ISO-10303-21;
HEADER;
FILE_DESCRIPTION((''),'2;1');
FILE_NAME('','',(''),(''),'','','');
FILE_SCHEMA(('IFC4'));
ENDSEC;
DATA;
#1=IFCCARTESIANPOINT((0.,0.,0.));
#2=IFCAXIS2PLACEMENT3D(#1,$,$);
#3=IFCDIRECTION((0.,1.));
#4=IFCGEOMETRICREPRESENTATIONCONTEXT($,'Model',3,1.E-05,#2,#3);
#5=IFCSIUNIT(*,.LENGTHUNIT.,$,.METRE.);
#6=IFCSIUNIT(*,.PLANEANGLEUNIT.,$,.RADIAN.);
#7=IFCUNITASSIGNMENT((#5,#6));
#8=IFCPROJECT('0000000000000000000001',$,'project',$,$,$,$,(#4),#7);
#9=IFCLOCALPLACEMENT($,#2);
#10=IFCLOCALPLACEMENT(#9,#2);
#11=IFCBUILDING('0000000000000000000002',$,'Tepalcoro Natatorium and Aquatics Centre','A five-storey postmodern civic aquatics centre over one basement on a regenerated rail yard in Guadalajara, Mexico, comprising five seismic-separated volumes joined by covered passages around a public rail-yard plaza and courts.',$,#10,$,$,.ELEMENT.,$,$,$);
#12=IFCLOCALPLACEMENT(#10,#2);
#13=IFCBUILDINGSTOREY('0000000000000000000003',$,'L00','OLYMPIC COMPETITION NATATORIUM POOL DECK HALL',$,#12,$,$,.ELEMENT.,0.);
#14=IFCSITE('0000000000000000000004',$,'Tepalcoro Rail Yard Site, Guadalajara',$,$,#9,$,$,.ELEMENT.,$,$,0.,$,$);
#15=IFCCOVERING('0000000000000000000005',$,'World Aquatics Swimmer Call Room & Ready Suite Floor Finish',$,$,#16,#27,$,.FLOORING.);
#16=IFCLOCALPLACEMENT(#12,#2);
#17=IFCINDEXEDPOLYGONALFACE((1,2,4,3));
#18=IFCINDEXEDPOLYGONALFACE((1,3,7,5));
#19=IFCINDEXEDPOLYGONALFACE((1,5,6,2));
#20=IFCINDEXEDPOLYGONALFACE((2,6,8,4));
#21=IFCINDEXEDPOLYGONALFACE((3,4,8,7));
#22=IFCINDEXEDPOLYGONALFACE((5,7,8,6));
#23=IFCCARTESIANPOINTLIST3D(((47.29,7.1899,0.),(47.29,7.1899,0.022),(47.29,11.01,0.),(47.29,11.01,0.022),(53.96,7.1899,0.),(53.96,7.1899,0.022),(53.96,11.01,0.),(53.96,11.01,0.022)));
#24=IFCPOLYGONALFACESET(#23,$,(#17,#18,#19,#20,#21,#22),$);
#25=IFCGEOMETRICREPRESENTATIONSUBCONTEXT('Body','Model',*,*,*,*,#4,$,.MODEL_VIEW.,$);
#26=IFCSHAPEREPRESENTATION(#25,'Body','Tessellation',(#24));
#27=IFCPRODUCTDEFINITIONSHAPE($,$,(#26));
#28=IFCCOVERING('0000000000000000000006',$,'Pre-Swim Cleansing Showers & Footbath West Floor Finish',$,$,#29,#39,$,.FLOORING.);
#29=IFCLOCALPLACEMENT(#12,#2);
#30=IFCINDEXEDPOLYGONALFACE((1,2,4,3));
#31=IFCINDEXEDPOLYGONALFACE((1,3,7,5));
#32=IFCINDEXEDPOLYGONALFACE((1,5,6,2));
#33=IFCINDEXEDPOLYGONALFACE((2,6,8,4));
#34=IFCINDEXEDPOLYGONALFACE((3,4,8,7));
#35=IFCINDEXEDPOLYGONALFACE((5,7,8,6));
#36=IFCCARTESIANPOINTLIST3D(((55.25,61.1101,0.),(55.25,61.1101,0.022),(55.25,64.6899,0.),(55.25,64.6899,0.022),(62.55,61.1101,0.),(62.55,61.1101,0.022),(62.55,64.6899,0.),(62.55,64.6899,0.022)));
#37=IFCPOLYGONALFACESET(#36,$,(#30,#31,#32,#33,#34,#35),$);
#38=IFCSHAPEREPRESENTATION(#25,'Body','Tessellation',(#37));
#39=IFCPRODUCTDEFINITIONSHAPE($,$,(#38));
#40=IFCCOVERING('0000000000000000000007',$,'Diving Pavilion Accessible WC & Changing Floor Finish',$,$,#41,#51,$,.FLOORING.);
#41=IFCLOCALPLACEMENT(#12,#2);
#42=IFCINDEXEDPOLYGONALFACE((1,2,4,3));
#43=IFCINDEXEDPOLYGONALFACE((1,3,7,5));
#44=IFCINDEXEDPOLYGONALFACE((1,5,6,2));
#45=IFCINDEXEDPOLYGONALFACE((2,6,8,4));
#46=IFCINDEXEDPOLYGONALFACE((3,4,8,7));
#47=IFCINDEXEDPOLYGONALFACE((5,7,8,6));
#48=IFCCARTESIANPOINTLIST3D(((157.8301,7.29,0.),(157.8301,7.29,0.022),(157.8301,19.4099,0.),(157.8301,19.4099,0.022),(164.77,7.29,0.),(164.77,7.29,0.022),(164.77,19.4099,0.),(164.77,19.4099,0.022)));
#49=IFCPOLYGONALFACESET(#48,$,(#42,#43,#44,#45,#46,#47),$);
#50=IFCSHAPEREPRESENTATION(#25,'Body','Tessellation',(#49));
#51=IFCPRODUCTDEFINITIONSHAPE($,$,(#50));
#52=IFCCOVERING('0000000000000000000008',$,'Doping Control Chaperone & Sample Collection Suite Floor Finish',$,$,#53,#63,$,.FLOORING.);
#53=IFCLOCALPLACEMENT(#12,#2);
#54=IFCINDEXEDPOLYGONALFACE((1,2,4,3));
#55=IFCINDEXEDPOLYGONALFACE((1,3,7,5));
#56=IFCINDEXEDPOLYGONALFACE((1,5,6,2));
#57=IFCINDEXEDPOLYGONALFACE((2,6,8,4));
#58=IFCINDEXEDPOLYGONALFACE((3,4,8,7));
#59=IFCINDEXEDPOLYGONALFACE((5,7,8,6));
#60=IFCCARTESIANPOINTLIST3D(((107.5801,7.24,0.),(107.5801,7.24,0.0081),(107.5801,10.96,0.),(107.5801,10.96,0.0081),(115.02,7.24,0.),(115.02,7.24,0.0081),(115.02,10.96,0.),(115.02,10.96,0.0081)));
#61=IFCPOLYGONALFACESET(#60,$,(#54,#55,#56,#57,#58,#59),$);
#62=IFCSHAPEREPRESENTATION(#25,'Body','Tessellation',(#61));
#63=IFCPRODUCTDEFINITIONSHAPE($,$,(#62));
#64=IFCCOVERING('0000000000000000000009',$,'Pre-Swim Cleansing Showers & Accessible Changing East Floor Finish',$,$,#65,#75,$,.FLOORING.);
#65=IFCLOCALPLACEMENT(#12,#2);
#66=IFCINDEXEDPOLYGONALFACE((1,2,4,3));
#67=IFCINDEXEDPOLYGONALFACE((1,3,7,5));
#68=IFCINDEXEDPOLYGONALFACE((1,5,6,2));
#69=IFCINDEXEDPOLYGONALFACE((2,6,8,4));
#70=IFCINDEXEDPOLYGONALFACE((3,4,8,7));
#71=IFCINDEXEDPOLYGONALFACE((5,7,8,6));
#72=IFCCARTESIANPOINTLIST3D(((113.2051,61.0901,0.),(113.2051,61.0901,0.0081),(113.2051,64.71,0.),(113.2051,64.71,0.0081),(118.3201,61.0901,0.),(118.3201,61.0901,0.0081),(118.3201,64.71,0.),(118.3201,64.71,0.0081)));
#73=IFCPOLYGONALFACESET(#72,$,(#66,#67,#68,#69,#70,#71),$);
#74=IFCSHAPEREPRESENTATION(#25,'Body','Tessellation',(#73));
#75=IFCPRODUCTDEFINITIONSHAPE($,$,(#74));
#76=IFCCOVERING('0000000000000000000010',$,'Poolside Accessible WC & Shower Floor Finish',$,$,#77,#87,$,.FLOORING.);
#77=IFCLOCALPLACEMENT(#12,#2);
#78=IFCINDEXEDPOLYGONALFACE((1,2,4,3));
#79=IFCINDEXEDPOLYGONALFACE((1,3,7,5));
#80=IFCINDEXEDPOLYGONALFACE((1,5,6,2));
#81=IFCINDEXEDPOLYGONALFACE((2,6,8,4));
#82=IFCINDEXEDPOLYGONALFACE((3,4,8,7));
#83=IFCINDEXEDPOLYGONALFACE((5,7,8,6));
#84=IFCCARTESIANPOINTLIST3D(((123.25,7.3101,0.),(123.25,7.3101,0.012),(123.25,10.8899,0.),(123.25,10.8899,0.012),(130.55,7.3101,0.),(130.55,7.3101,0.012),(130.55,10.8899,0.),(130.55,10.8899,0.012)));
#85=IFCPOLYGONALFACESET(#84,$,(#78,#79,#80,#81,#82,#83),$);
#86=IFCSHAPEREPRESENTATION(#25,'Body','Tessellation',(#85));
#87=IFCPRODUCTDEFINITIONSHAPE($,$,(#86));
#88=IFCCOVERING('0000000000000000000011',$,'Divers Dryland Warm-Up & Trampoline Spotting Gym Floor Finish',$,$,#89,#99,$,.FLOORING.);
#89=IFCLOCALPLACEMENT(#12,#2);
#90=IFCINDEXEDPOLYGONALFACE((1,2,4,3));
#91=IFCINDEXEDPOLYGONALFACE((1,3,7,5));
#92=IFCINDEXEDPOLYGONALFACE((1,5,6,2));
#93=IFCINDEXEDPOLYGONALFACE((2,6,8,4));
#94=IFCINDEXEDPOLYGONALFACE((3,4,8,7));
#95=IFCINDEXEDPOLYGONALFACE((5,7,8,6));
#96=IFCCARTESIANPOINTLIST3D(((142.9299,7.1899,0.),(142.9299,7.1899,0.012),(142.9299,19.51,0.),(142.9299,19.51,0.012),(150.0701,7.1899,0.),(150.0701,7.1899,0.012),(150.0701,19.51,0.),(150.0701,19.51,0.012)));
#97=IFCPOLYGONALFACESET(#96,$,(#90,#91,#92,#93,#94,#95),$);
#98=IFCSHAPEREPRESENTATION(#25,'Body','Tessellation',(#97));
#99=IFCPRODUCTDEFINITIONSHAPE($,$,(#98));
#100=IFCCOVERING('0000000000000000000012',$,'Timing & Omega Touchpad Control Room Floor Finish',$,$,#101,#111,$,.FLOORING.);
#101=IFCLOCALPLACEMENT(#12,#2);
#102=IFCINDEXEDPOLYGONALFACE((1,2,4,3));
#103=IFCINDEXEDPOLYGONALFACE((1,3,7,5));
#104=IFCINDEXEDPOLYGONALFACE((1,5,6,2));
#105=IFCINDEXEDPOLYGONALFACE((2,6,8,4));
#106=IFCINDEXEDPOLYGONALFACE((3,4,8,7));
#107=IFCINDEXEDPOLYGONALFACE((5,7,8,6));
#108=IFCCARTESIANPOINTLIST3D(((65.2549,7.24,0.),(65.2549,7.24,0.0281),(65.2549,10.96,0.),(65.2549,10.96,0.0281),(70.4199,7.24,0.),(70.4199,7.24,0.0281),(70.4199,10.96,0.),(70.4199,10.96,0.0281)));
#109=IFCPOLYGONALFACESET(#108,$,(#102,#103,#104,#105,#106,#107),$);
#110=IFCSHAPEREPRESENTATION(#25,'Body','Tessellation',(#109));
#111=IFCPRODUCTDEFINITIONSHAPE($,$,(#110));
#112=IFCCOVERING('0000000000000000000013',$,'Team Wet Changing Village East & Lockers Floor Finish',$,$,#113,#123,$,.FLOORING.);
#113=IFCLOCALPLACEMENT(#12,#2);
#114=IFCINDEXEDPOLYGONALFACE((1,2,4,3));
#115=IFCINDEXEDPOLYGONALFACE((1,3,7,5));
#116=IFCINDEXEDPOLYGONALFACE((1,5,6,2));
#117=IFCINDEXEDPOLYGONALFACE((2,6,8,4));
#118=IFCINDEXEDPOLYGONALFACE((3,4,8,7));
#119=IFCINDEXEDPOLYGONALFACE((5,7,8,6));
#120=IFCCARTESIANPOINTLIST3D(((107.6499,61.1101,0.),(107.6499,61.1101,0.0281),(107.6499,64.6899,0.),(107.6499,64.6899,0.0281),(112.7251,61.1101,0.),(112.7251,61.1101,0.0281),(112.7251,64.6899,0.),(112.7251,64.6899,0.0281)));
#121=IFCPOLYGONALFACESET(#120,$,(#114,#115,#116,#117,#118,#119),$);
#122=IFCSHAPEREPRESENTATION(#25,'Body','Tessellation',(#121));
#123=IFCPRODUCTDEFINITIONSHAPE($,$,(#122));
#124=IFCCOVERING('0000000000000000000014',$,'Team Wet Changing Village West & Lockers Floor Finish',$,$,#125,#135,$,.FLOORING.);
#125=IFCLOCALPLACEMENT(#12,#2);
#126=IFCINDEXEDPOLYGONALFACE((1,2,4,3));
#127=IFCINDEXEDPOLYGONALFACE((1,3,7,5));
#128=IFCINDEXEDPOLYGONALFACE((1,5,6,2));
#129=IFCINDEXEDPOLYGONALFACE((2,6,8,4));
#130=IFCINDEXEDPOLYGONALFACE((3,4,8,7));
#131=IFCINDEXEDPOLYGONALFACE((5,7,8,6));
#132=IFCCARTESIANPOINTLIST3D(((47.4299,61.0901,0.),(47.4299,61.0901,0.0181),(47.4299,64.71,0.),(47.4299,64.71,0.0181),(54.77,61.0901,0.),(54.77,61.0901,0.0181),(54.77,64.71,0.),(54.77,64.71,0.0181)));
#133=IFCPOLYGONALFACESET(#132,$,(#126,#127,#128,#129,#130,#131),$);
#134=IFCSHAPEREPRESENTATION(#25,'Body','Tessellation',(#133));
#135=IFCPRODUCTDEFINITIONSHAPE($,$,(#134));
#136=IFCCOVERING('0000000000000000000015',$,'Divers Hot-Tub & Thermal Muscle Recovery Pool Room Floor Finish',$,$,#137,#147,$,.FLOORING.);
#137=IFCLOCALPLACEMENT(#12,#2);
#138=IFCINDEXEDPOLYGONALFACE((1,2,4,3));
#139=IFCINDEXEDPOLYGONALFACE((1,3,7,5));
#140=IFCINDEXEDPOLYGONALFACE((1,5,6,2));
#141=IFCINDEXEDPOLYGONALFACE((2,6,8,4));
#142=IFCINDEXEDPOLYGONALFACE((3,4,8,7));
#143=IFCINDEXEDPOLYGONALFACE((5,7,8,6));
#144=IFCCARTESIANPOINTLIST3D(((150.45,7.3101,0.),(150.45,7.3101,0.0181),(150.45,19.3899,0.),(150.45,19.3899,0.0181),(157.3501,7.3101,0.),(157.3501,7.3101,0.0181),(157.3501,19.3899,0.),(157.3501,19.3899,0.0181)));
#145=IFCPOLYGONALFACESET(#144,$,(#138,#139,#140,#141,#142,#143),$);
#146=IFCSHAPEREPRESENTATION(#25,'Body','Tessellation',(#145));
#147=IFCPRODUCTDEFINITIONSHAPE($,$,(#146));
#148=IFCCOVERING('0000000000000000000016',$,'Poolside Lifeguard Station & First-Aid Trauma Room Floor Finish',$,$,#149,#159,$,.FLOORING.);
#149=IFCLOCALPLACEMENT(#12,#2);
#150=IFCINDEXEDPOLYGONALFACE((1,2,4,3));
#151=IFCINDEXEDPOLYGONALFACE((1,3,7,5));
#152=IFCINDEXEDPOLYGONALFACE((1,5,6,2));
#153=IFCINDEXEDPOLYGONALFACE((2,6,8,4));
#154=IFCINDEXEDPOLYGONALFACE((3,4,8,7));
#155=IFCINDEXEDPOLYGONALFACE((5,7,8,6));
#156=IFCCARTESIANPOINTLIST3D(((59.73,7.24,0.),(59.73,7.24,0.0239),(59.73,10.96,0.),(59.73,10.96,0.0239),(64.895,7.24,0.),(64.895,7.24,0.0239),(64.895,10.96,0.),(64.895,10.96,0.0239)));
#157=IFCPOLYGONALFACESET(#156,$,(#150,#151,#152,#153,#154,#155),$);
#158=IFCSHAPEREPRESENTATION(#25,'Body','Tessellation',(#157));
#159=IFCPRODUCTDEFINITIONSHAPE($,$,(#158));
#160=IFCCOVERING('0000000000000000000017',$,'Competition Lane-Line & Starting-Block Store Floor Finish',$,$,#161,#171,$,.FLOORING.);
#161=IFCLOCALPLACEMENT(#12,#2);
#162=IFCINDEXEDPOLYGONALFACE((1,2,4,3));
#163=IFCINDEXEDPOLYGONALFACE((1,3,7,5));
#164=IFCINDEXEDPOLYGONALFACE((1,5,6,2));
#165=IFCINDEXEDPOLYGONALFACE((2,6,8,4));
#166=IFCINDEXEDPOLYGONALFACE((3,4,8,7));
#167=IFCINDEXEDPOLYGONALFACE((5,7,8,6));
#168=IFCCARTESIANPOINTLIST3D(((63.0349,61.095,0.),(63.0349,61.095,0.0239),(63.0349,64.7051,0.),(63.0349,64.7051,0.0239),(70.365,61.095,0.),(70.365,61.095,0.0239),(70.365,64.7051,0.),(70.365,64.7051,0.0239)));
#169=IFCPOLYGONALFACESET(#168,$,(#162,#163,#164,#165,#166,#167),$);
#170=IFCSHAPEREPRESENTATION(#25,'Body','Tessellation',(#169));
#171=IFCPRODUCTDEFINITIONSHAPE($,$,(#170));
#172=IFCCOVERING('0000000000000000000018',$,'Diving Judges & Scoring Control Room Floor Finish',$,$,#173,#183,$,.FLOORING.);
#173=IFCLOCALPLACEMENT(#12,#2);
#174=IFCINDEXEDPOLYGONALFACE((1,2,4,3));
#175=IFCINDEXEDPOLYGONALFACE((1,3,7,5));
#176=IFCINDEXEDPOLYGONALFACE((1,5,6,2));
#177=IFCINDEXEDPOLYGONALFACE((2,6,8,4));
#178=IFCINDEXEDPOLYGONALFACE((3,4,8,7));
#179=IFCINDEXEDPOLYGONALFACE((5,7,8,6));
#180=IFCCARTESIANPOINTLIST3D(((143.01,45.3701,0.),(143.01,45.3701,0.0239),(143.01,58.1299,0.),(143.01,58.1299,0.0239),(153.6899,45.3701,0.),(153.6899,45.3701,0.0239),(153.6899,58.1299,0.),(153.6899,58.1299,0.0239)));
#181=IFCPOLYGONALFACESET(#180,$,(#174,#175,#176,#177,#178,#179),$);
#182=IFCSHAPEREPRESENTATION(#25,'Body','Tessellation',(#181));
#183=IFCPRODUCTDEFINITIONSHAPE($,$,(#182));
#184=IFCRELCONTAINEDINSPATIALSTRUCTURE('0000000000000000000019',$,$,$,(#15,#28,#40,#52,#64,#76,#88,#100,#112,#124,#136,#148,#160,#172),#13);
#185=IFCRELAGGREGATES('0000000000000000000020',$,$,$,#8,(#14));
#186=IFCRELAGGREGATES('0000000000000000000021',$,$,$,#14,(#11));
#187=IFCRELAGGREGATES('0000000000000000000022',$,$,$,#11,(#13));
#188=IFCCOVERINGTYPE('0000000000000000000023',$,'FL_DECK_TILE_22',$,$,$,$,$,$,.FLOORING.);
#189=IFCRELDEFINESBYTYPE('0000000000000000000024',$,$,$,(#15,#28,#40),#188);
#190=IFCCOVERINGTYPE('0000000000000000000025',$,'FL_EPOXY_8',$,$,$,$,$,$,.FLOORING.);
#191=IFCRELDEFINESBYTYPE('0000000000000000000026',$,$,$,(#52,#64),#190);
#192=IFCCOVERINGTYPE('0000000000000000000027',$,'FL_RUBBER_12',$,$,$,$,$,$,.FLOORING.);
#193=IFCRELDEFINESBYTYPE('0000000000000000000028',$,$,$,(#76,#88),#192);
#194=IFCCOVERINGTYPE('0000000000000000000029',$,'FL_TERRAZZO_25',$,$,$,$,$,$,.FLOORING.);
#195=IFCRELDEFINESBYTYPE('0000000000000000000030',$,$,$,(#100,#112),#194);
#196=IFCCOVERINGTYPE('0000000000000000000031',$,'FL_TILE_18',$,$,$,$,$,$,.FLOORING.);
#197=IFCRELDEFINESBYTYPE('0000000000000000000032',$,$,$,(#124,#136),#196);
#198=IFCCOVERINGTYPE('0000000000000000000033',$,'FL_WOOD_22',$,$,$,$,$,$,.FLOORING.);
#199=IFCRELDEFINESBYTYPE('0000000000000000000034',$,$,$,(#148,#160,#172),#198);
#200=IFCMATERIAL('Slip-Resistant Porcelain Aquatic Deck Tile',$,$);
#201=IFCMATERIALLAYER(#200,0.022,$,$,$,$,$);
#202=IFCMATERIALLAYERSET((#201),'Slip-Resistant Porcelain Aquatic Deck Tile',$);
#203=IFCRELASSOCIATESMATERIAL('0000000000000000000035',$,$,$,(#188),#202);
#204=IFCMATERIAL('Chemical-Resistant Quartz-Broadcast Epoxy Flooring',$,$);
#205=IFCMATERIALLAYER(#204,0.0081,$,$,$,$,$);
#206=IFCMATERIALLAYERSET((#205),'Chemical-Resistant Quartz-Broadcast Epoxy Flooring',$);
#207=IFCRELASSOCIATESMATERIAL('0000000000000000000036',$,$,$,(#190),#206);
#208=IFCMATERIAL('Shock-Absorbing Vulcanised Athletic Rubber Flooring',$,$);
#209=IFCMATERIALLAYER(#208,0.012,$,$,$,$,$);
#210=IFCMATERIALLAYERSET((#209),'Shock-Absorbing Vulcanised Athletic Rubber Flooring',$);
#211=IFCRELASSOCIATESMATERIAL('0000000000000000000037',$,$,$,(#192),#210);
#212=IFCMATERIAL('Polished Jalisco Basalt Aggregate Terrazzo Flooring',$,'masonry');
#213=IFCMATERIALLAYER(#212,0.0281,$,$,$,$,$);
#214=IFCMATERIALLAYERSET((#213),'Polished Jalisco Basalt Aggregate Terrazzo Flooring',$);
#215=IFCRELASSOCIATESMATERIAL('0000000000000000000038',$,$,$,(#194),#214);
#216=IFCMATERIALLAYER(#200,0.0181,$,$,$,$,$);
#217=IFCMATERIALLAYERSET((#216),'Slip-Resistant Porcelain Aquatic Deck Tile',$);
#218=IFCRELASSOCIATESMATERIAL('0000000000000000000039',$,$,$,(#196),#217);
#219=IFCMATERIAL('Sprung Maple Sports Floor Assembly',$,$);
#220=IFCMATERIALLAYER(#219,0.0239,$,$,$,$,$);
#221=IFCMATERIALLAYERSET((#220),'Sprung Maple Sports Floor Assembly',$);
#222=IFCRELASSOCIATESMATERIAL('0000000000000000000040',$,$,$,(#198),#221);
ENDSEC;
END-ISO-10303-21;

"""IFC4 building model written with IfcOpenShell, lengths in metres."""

from ifc_helpers import new_model, si_unit, direction, origin, place, context, subcontext, project, spatial, polyline, outline, extrude, material, layer, layer_set, type_object, element, save


model = new_model("IFC4")

# Units and contexts
model_context = context("Model", 3, precision=1e-05, world=origin(), true_north=direction((0.0, 1.0)))
body_context = subcontext(model_context, "Body", "Model", "MODEL_VIEW")
ifc_project = project(units=[si_unit("LENGTHUNIT", "METRE"), si_unit("PLANEANGLEUNIT", "RADIAN")], contexts=[model_context])

# Site, building, storey
site_placement = place(None, origin())
site = spatial("IfcSite", under=ifc_project, at=site_placement, Name="Tepalcoro Rail Yard Site, Guadalajara", CompositionType="ELEMENT", RefElevation=0.0)
building_placement = place(site_placement, origin())
building = spatial("IfcBuilding", under=site, at=building_placement, Name="Tepalcoro Natatorium and Aquatics Centre", Description="A five-storey postmodern civic aquatics centre over one basement on a regenerated rail yard in Guadalajara, Mexico, comprising five seismic-separated volumes joined by covered passages around a public rail-yard plaza and courts.", CompositionType="ELEMENT")
storey_placement = place(building_placement, origin())
storey = spatial("IfcBuildingStorey", under=building, at=storey_placement, Name="L00", Description="OLYMPIC COMPETITION NATATORIUM POOL DECK HALL", CompositionType="ELEMENT", Elevation=0.0)

# Coverings
ifc_material_1 = material(Name="Shock-Absorbing Vulcanised Athletic Rubber Flooring")
ifc_material_2 = material(Name="Slip-Resistant Porcelain Aquatic Deck Tile")
ifc_layer_1 = layer(ifc_material_2, 0.022)
ifc_layer_set_1 = layer_set([ifc_layer_1], Name="Slip-Resistant Porcelain Aquatic Deck Tile")
covering_type_1 = type_object("IfcCoveringType", Name="FL_DECK_TILE_22", PredefinedType="FLOORING", material=ifc_layer_set_1)
covering_1_placement = place(storey_placement, origin())
element("IfcCovering", 1, at=covering_1_placement, inside=storey, type_object=covering_type_1, Name="World Aquatics Swimmer Call Room & Ready Suite Floor Finish", PredefinedType="FLOORING", context=body_context, shape_type="SweptSolid", body=[
    extrude(outline(polyline([(47.29, 7.1899), (47.29, 11.01), (53.96, 11.01), (53.96, 7.1899), (47.29, 7.1899)])), origin(), (0.0, 0.0, 1.0), 0.022),
])
covering_2_placement = place(storey_placement, origin())
element("IfcCovering", 2, at=covering_2_placement, inside=storey, type_object=covering_type_1, Name="Pre-Swim Cleansing Showers & Footbath West Floor Finish", PredefinedType="FLOORING", context=body_context, shape_type="SweptSolid", body=[
    extrude(outline(polyline([(55.25, 61.1101), (55.25, 64.6899), (62.55, 64.6899), (62.55, 61.1101), (55.25, 61.1101)])), origin(), (0.0, 0.0, 1.0), 0.022),
])
covering_3_placement = place(storey_placement, origin())
element("IfcCovering", 3, at=covering_3_placement, inside=storey, type_object=covering_type_1, Name="Diving Pavilion Accessible WC & Changing Floor Finish", PredefinedType="FLOORING", context=body_context, shape_type="SweptSolid", body=[
    extrude(outline(polyline([(157.8301, 7.29), (157.8301, 19.4099), (164.77, 19.4099), (164.77, 7.29), (157.8301, 7.29)])), origin(), (0.0, 0.0, 1.0), 0.022),
])
ifc_material_3 = material(Name="Chemical-Resistant Quartz-Broadcast Epoxy Flooring")
ifc_layer_2 = layer(ifc_material_3, 0.0081)
ifc_layer_set_2 = layer_set([ifc_layer_2], Name="Chemical-Resistant Quartz-Broadcast Epoxy Flooring")
covering_type_2 = type_object("IfcCoveringType", Name="FL_EPOXY_8", PredefinedType="FLOORING", material=ifc_layer_set_2)
covering_4_placement = place(storey_placement, origin())
element("IfcCovering", 4, at=covering_4_placement, inside=storey, type_object=covering_type_2, Name="Doping Control Chaperone & Sample Collection Suite Floor Finish", PredefinedType="FLOORING", context=body_context, shape_type="SweptSolid", body=[
    extrude(outline(polyline([(107.5801, 7.24), (107.5801, 10.96), (115.02, 10.96), (115.02, 7.24), (107.5801, 7.24)])), origin(), (0.0, 0.0, 1.0), 0.0081),
])
covering_5_placement = place(storey_placement, origin())
element("IfcCovering", 5, at=covering_5_placement, inside=storey, type_object=covering_type_2, Name="Pre-Swim Cleansing Showers & Accessible Changing East Floor Finish", PredefinedType="FLOORING", context=body_context, shape_type="SweptSolid", body=[
    extrude(outline(polyline([(113.2051, 61.0901), (113.2051, 64.71), (118.3201, 64.71), (118.3201, 61.0901), (113.2051, 61.0901)])), origin(), (0.0, 0.0, 1.0), 0.0081),
])
ifc_layer_3 = layer(ifc_material_1, 0.012)
ifc_layer_set_3 = layer_set([ifc_layer_3], Name="Shock-Absorbing Vulcanised Athletic Rubber Flooring")
covering_type_3 = type_object("IfcCoveringType", Name="FL_RUBBER_12", PredefinedType="FLOORING", material=ifc_layer_set_3)
covering_6_placement = place(storey_placement, origin())
element("IfcCovering", 6, at=covering_6_placement, inside=storey, type_object=covering_type_3, Name="Poolside Accessible WC & Shower Floor Finish", PredefinedType="FLOORING", context=body_context, shape_type="SweptSolid", body=[
    extrude(outline(polyline([(123.25, 7.3101), (123.25, 10.8899), (130.55, 10.8899), (130.55, 7.3101), (123.25, 7.3101)])), origin(), (0.0, 0.0, 1.0), 0.012),
])
covering_7_placement = place(storey_placement, origin())
element("IfcCovering", 7, at=covering_7_placement, inside=storey, type_object=covering_type_3, Name="Divers Dryland Warm-Up & Trampoline Spotting Gym Floor Finish", PredefinedType="FLOORING", context=body_context, shape_type="SweptSolid", body=[
    extrude(outline(polyline([(142.9299, 7.1899), (142.9299, 19.51), (150.0701, 19.51), (150.0701, 7.1899), (142.9299, 7.1899)])), origin(), (0.0, 0.0, 1.0), 0.012),
])
ifc_material_4 = material(Name="Polished Jalisco Basalt Aggregate Terrazzo Flooring", Category="masonry")
ifc_layer_4 = layer(ifc_material_4, 0.0281)
ifc_layer_set_4 = layer_set([ifc_layer_4], Name="Polished Jalisco Basalt Aggregate Terrazzo Flooring")
covering_type_4 = type_object("IfcCoveringType", Name="FL_TERRAZZO_25", PredefinedType="FLOORING", material=ifc_layer_set_4)
covering_8_placement = place(storey_placement, origin())
element("IfcCovering", 8, at=covering_8_placement, inside=storey, type_object=covering_type_4, Name="Timing & Omega Touchpad Control Room Floor Finish", PredefinedType="FLOORING", context=body_context, shape_type="SweptSolid", body=[
    extrude(outline(polyline([(65.2549, 7.24), (65.2549, 10.96), (70.4199, 10.96), (70.4199, 7.24), (65.2549, 7.24)])), origin(), (0.0, 0.0, 1.0), 0.0281),
])
covering_9_placement = place(storey_placement, origin())
element("IfcCovering", 9, at=covering_9_placement, inside=storey, type_object=covering_type_4, Name="Team Wet Changing Village East & Lockers Floor Finish", PredefinedType="FLOORING", context=body_context, shape_type="SweptSolid", body=[
    extrude(outline(polyline([(107.6499, 61.1101), (107.6499, 64.6899), (112.7251, 64.6899), (112.7251, 61.1101), (107.6499, 61.1101)])), origin(), (0.0, 0.0, 1.0), 0.0281),
])
ifc_layer_5 = layer(ifc_material_2, 0.0181)
ifc_layer_set_5 = layer_set([ifc_layer_5], Name="Slip-Resistant Porcelain Aquatic Deck Tile")
covering_type_5 = type_object("IfcCoveringType", Name="FL_TILE_18", PredefinedType="FLOORING", material=ifc_layer_set_5)
covering_10_placement = place(storey_placement, origin())
element("IfcCovering", 10, at=covering_10_placement, inside=storey, type_object=covering_type_5, Name="Team Wet Changing Village West & Lockers Floor Finish", PredefinedType="FLOORING", context=body_context, shape_type="SweptSolid", body=[
    extrude(outline(polyline([(47.4299, 61.0901), (47.4299, 64.71), (54.77, 64.71), (54.77, 61.0901), (47.4299, 61.0901)])), origin(), (0.0, 0.0, 1.0), 0.0181),
])
covering_11_placement = place(storey_placement, origin())
element("IfcCovering", 11, at=covering_11_placement, inside=storey, type_object=covering_type_5, Name="Divers Hot-Tub & Thermal Muscle Recovery Pool Room Floor Finish", PredefinedType="FLOORING", context=body_context, shape_type="SweptSolid", body=[
    extrude(outline(polyline([(150.45, 7.3101), (150.45, 19.3899), (157.3501, 19.3899), (157.3501, 7.3101), (150.45, 7.3101)])), origin(), (0.0, 0.0, 1.0), 0.0181),
])
ifc_material_5 = material(Name="Sprung Maple Sports Floor Assembly")
ifc_layer_6 = layer(ifc_material_5, 0.0239)
ifc_layer_set_6 = layer_set([ifc_layer_6], Name="Sprung Maple Sports Floor Assembly")
covering_type_6 = type_object("IfcCoveringType", Name="FL_WOOD_22", PredefinedType="FLOORING", material=ifc_layer_set_6)
covering_12_placement = place(storey_placement, origin())
element("IfcCovering", 12, at=covering_12_placement, inside=storey, type_object=covering_type_6, Name="Poolside Lifeguard Station & First-Aid Trauma Room Floor Finish", PredefinedType="FLOORING", context=body_context, shape_type="SweptSolid", body=[
    extrude(outline(polyline([(59.73, 7.24), (59.73, 10.96), (64.895, 10.96), (64.895, 7.24), (59.73, 7.24)])), origin(), (0.0, 0.0, 1.0), 0.0239),
])
covering_13_placement = place(storey_placement, origin())
element("IfcCovering", 13, at=covering_13_placement, inside=storey, type_object=covering_type_6, Name="Competition Lane-Line & Starting-Block Store Floor Finish", PredefinedType="FLOORING", context=body_context, shape_type="SweptSolid", body=[
    extrude(outline(polyline([(63.0349, 61.095), (63.0349, 64.7051), (70.365, 64.7051), (70.365, 61.095), (63.0349, 61.095)])), origin(), (0.0, 0.0, 1.0), 0.0239),
])
covering_14_placement = place(storey_placement, origin())
element("IfcCovering", 14, at=covering_14_placement, inside=storey, type_object=covering_type_6, Name="Diving Judges & Scoring Control Room Floor Finish", PredefinedType="FLOORING", context=body_context, shape_type="SweptSolid", body=[
    extrude(outline(polyline([(143.01, 45.3701), (143.01, 58.1299), (153.6899, 58.1299), (153.6899, 45.3701), (143.01, 45.3701)])), origin(), (0.0, 0.0, 1.0), 0.0239),
])

save(model, "model.ifc")
